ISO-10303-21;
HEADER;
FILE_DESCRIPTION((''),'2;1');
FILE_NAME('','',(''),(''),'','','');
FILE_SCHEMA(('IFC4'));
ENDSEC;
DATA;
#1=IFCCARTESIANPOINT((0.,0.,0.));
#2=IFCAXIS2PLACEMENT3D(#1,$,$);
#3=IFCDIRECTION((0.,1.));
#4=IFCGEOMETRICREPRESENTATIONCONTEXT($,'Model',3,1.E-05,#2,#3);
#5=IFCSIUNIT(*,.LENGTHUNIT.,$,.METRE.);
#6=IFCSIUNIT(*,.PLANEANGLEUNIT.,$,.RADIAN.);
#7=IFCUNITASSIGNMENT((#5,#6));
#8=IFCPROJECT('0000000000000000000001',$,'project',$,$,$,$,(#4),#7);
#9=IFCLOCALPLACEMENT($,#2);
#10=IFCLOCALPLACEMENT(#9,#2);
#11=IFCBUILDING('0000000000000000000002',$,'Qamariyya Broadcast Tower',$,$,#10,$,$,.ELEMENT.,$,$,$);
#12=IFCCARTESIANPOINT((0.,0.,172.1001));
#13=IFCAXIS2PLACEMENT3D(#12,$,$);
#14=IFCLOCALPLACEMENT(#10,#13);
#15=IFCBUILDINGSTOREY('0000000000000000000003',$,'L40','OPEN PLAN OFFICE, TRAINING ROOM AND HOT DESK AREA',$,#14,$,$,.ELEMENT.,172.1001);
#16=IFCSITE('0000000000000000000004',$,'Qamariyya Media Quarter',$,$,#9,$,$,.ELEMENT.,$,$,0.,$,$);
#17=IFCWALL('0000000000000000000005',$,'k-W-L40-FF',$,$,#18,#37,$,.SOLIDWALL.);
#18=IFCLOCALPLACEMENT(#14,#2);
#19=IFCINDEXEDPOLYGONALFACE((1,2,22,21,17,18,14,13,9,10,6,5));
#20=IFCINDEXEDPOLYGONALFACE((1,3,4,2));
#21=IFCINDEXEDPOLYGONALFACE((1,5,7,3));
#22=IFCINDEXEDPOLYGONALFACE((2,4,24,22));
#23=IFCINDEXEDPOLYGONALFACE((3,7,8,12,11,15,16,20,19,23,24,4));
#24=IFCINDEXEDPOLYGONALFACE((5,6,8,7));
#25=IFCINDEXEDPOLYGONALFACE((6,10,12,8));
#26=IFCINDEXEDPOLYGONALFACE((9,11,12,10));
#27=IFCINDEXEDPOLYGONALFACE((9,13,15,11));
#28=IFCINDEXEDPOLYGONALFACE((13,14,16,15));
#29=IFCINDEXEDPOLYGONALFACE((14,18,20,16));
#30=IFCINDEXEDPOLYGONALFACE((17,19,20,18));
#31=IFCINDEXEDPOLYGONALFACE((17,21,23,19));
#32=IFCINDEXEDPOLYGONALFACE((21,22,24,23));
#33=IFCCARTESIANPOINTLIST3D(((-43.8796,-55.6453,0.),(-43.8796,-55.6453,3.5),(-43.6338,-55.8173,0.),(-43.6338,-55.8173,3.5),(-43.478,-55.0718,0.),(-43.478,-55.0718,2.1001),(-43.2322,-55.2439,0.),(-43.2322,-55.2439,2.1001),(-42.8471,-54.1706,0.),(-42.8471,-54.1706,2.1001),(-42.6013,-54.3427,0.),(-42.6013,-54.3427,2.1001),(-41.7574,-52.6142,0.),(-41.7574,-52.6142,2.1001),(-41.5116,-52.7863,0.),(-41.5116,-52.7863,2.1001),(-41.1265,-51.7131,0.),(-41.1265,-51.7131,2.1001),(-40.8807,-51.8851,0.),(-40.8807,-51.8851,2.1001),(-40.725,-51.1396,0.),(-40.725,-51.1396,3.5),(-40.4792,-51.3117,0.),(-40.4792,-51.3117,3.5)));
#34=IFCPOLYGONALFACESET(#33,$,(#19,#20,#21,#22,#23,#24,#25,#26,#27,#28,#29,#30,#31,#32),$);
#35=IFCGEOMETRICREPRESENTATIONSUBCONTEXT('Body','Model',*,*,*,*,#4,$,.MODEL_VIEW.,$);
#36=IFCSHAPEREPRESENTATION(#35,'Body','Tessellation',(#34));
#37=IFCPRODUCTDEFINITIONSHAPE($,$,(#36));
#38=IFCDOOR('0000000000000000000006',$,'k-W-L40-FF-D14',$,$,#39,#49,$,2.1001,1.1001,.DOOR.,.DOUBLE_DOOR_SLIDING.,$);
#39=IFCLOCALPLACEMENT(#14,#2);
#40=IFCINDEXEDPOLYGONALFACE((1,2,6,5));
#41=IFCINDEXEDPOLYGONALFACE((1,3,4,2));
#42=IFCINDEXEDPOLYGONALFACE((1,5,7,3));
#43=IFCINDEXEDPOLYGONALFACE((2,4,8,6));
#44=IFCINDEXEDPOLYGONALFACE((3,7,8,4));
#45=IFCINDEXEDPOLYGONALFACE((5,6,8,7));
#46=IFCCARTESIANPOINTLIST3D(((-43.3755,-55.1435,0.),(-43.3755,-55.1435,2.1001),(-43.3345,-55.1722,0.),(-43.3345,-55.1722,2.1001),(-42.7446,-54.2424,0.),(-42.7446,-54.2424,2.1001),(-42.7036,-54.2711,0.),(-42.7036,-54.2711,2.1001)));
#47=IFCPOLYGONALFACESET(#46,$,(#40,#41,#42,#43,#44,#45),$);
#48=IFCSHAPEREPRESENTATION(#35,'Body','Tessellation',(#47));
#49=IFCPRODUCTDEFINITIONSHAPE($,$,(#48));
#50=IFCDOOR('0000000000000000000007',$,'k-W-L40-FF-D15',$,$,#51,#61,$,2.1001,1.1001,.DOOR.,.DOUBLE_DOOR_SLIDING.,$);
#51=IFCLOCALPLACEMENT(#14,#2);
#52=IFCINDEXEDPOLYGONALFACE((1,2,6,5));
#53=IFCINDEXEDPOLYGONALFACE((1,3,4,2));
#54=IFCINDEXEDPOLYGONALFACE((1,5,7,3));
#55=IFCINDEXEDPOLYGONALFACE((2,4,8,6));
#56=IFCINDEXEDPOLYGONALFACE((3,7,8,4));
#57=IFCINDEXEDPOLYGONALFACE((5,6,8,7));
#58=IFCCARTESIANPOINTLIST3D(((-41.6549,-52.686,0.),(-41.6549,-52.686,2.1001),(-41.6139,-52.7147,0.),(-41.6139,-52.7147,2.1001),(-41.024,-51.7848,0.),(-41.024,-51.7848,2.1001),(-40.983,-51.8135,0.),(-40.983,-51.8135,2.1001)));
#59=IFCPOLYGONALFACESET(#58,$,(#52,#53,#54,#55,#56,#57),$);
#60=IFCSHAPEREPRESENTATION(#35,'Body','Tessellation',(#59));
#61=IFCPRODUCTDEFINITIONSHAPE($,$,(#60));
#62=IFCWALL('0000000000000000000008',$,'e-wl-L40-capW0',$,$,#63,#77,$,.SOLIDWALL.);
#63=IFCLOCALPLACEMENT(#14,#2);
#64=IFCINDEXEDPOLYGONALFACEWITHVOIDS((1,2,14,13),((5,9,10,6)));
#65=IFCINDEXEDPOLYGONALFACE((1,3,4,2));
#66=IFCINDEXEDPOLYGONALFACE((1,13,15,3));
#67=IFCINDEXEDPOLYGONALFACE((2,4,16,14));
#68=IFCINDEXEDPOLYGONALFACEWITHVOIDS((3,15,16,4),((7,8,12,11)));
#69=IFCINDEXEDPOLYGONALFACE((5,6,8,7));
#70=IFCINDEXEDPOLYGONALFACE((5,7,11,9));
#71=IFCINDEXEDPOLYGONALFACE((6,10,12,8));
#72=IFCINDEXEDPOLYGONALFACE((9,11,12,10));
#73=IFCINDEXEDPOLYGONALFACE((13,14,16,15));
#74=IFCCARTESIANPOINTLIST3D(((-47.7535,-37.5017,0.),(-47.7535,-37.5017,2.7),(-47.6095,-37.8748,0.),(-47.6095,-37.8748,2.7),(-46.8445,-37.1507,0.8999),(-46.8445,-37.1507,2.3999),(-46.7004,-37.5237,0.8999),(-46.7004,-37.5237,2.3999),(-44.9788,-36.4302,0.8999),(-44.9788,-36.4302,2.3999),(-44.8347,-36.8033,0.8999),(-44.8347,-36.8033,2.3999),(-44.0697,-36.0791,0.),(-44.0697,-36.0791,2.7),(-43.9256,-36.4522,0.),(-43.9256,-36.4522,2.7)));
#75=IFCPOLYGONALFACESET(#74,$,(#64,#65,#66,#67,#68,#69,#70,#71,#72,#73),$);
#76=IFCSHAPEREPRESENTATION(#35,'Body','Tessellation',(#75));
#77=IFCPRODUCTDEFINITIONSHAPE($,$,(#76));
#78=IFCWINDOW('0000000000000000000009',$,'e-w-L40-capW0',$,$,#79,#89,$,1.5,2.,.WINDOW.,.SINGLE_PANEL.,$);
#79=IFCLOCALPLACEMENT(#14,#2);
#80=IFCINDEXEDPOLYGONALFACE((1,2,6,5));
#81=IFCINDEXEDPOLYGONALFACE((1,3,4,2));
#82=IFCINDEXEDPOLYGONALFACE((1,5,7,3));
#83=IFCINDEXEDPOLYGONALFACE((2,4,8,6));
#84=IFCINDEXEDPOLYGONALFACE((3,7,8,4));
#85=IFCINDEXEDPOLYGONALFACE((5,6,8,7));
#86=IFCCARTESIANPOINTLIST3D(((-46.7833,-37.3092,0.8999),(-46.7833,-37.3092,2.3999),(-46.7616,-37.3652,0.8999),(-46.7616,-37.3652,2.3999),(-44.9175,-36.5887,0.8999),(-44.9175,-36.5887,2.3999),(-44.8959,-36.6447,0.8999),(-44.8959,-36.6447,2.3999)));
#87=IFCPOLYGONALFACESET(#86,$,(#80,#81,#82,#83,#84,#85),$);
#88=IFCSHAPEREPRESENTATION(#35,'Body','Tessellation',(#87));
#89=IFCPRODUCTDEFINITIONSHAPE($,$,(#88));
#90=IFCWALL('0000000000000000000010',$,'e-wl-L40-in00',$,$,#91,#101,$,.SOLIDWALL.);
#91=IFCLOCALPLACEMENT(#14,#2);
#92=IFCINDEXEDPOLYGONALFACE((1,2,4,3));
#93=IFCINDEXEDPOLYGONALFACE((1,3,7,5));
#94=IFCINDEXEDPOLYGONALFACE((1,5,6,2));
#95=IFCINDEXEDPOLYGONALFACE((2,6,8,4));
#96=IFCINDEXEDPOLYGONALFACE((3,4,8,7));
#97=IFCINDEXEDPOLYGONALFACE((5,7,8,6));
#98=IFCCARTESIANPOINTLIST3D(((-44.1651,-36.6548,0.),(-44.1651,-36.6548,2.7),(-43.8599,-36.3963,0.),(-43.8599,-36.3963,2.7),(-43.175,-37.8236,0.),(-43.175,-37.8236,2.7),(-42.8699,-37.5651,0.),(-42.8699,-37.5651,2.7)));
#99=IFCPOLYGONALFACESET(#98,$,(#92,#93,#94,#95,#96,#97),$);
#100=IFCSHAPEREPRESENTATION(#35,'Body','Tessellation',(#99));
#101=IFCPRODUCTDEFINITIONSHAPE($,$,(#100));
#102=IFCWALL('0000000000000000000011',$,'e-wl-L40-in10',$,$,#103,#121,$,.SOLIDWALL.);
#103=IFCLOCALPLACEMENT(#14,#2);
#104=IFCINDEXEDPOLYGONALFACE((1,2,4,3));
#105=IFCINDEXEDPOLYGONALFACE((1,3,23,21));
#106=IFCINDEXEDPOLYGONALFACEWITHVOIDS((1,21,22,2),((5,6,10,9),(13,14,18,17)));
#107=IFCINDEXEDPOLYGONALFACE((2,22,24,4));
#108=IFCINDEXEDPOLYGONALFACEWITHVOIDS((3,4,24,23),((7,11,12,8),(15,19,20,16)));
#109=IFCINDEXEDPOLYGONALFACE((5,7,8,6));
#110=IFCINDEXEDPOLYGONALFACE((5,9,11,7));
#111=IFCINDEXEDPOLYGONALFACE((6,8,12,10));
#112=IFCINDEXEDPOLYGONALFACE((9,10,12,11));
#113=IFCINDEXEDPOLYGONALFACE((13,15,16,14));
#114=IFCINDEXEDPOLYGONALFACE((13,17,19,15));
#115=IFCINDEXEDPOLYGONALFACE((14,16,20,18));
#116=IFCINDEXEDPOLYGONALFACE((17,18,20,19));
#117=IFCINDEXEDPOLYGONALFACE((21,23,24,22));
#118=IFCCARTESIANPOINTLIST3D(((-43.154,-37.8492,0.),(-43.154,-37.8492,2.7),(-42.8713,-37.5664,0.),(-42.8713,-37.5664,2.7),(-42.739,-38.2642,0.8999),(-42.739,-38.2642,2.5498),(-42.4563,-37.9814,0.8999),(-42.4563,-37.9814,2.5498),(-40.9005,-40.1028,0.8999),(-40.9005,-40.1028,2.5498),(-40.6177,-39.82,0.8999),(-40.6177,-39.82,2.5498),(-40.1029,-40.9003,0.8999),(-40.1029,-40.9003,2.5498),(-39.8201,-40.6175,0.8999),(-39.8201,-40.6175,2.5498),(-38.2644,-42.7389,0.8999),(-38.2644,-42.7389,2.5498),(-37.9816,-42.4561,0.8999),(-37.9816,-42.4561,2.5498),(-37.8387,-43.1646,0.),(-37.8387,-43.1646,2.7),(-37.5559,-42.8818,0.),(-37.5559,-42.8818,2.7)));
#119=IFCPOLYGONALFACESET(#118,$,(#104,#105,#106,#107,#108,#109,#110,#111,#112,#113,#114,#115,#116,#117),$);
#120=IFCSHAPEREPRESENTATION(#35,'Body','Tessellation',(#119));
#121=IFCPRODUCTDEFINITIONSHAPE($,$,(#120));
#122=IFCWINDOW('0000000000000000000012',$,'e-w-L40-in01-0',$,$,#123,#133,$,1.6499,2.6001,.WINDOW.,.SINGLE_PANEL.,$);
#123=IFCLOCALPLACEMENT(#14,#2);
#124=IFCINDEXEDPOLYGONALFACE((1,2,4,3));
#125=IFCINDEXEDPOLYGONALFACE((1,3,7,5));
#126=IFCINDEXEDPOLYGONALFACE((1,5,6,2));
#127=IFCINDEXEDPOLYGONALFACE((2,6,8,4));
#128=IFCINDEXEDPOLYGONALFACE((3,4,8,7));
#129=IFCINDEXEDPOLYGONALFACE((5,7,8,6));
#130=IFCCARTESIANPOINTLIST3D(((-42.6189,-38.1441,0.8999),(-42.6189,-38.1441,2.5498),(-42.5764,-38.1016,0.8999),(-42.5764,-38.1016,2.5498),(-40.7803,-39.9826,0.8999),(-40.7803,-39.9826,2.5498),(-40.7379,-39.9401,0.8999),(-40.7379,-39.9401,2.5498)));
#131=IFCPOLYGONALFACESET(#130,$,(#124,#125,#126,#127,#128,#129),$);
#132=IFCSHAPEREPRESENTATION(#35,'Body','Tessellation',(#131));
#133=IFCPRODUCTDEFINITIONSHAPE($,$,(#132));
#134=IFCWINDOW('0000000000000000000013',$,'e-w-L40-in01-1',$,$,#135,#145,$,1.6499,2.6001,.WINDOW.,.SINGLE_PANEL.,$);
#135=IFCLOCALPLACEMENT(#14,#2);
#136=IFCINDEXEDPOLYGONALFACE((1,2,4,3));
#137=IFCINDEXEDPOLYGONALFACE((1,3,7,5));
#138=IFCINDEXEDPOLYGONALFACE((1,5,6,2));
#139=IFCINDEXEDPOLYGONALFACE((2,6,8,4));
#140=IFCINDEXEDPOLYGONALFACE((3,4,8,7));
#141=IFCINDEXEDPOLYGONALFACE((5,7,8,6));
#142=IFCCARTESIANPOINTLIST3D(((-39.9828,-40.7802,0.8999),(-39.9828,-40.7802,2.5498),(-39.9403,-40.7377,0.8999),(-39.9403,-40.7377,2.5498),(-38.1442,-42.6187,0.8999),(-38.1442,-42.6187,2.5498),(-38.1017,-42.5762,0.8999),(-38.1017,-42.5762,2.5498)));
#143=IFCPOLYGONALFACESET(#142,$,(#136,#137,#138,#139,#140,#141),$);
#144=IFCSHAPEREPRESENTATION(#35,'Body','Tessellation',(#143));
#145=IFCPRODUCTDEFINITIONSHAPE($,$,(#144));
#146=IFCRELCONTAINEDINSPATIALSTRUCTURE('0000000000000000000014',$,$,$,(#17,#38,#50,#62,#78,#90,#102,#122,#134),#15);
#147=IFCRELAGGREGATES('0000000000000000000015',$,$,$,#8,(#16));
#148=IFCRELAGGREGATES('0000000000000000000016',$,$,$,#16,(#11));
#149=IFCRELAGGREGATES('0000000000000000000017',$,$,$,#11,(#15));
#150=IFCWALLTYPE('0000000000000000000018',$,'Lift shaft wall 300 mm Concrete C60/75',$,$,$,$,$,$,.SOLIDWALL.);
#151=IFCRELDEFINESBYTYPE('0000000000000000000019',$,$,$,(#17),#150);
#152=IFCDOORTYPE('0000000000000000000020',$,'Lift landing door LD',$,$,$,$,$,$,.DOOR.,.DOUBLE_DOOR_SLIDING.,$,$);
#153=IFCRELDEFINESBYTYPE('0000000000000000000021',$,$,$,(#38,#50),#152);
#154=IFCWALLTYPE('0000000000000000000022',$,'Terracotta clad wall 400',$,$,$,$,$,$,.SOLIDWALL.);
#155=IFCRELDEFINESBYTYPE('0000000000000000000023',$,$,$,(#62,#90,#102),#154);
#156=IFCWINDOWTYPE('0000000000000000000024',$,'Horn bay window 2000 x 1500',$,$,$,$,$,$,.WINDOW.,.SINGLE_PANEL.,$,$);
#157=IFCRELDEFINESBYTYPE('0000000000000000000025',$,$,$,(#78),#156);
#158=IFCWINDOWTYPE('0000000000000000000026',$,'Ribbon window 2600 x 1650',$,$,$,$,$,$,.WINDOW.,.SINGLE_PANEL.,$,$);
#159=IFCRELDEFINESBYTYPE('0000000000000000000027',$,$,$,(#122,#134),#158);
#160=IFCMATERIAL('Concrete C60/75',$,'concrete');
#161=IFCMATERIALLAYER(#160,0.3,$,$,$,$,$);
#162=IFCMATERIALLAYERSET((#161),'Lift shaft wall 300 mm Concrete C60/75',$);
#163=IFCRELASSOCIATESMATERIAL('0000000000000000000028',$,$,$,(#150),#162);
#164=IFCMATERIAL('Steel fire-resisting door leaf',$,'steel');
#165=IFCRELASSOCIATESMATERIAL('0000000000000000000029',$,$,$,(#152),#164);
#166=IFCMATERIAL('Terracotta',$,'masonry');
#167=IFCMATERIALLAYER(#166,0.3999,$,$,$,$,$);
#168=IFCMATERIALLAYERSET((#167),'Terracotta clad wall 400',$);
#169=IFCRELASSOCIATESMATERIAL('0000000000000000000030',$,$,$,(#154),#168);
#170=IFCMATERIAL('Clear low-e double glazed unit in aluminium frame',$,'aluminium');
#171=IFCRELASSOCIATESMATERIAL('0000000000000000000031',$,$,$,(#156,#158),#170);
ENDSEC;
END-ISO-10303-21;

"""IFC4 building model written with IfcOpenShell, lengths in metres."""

from ifc_helpers import new_model, si_unit, direction, frame, frame_2d, origin, place, context, subcontext, project, spatial, rectangle, extrude, material, layer, layer_set, type_object, element, fill, save


model = new_model("IFC4")

# Units and contexts
model_context = context("Model", 3, precision=1e-05, world=origin(), true_north=direction((0.0, 1.0)))
body_context = subcontext(model_context, "Body", "Model", "MODEL_VIEW")
ifc_project = project(units=[si_unit("LENGTHUNIT", "METRE"), si_unit("PLANEANGLEUNIT", "RADIAN")], contexts=[model_context])

# Site, building, storey
site_placement = place(None, origin())
site = spatial("IfcSite", under=ifc_project, at=site_placement, Name="Qamariyya Media Quarter", CompositionType="ELEMENT", RefElevation=0.0)
building_placement = place(site_placement, origin())
building = spatial("IfcBuilding", under=site, at=building_placement, Name="Qamariyya Broadcast Tower", CompositionType="ELEMENT")
storey_placement = place(building_placement, frame((0.0, 0.0, 172.1001)))
storey = spatial("IfcBuildingStorey", under=building, at=storey_placement, Name="L40", Description="OPEN PLAN OFFICE, TRAINING ROOM AND HOT DESK AREA", CompositionType="ELEMENT", Elevation=172.1001)

# Shared definitions
ifc_material_1 = material(Name="Concrete C60/75", Category="concrete")

# Shared definitions
ifc_layer_1 = layer(ifc_material_1, 0.3)
ifc_layer_set_1 = layer_set([ifc_layer_1], Name="Lift shaft wall 300 mm Concrete C60/75")
wall_type_1 = type_object("IfcWallType", Name="Lift shaft wall 300 mm Concrete C60/75", PredefinedType="SOLIDWALL", material=ifc_layer_set_1)
ifc_material_2 = material(Name="Steel fire-resisting door leaf", Category="steel")

# Wall, openings, doors
wall_1_placement = place(storey_placement, frame((-43.7566, -55.7312, 0.0), z_axis=(0.0, 0.0, 1.0), x_axis=(0.573537, 0.81918, 0.0)))
wall_1 = element("IfcWall", 1, at=wall_1_placement, inside=storey, type_object=wall_type_1, Name="k-W-L40-FF", PredefinedType="SOLIDWALL", context=body_context, shape_type="SweptSolid", body=[
    extrude(rectangle(XDim=5.5002, YDim=0.3, at=frame_2d((2.75, 0.0))), origin(), (0.0, 0.0, 1.0), 3.5),
])
opening_1_placement = place(wall_1_placement, frame((0.7, 0.0, 0.0)))
opening_1 = element("IfcOpeningElement", 2, at=opening_1_placement, cuts=wall_1, PredefinedType="OPENING", context=body_context, shape_type="SweptSolid", body=[
    extrude(rectangle(XDim=1.1001, YDim=2.1001, at=frame_2d((0.55, 1.05))), frame((0.0, 0.1599, 0.0), z_axis=(0.0, -1.0, 0.0), x_axis=(1.0, 0.0, 0.0)), (0.0, 0.0, 1.0), 0.3201),
])
opening_2_placement = place(wall_1_placement, frame((3.7, 0.0, 0.0)))
opening_2 = element("IfcOpeningElement", 3, at=opening_2_placement, cuts=wall_1, PredefinedType="OPENING", context=body_context, shape_type="SweptSolid", body=[
    extrude(rectangle(XDim=1.1001, YDim=2.1001, at=frame_2d((0.55, 1.05))), frame((0.0, 0.1599, 0.0), z_axis=(0.0, -1.0, 0.0), x_axis=(1.0, 0.0, 0.0)), (0.0, 0.0, 1.0), 0.3201),
])
door_type_1 = type_object("IfcDoorType", Name="Lift landing door LD", OperationType="DOUBLE_DOOR_SLIDING", PredefinedType="DOOR", material=ifc_material_2)
door_1_placement = place(opening_1_placement, origin())
door_1 = element("IfcDoor", 4, at=door_1_placement, inside=storey, type_object=door_type_1, Name="k-W-L40-FF-D14", OperationType="DOUBLE_DOOR_SLIDING", OverallHeight=2.1001, OverallWidth=1.1001, PredefinedType="DOOR", context=body_context, shape_type="SweptSolid", body=[
    extrude(rectangle(XDim=1.1001, YDim=2.1001, at=frame_2d((0.55, 1.05))), frame((0.0, 0.0249, 0.0), z_axis=(0.0, -1.0, 0.0), x_axis=(1.0, 0.0, 0.0)), (0.0, 0.0, 1.0), 0.05),
])
fill(opening_1, door_1)
door_2_placement = place(opening_2_placement, origin())
door_2 = element("IfcDoor", 5, at=door_2_placement, inside=storey, type_object=door_type_1, Name="k-W-L40-FF-D15", OperationType="DOUBLE_DOOR_SLIDING", OverallHeight=2.1001, OverallWidth=1.1001, PredefinedType="DOOR", context=body_context, shape_type="SweptSolid", body=[
    extrude(rectangle(XDim=1.1001, YDim=2.1001, at=frame_2d((0.55, 1.05))), frame((0.0, 0.0249, 0.0), z_axis=(0.0, -1.0, 0.0), x_axis=(1.0, 0.0, 0.0)), (0.0, 0.0, 1.0), 0.05),
])
fill(opening_2, door_2)

# Wall, opening, window
ifc_material_3 = material(Name="Terracotta", Category="masonry")
ifc_layer_2 = layer(ifc_material_3, 0.3999)
ifc_layer_set_2 = layer_set([ifc_layer_2], Name="Terracotta clad wall 400")
wall_type_2 = type_object("IfcWallType", Name="Terracotta clad wall 400", PredefinedType="SOLIDWALL", material=ifc_layer_set_2)
wall_2_placement = place(storey_placement, frame((-43.9976, -36.2656, 0.0), z_axis=(0.0, 0.0, 1.0), x_axis=(-0.932857, -0.360246, 0.0)))
wall_2 = element("IfcWall", 6, at=wall_2_placement, inside=storey, type_object=wall_type_2, Name="e-wl-L40-capW0", PredefinedType="SOLIDWALL", context=body_context, shape_type="SweptSolid", body=[
    extrude(rectangle(XDim=3.949, YDim=0.3999, at=frame_2d((1.9746, 0.0))), origin(), (0.0, 0.0, 1.0), 2.7),
])
opening_3_placement = place(wall_2_placement, frame((0.9746, 0.0, 0.8999)))
opening_3 = element("IfcOpeningElement", 7, at=opening_3_placement, cuts=wall_2, PredefinedType="OPENING", context=body_context, shape_type="SweptSolid", body=[
    extrude(rectangle(XDim=2.0, YDim=1.5, at=frame_2d((1.0, 0.75))), frame((0.0, 0.21, 0.0), z_axis=(0.0, -1.0, 0.0), x_axis=(1.0, 0.0, 0.0)), (0.0, 0.0, 1.0), 0.4199),
])
ifc_material_4 = material(Name="Clear low-e double glazed unit in aluminium frame", Category="aluminium")
window_type_1 = type_object("IfcWindowType", Name="Horn bay window 2000 x 1500", PartitioningType="SINGLE_PANEL", PredefinedType="WINDOW", material=ifc_material_4)
window_1_placement = place(opening_3_placement, origin())
window_1 = element("IfcWindow", 8, at=window_1_placement, inside=storey, type_object=window_type_1, Name="e-w-L40-capW0", OverallHeight=1.5, OverallWidth=2.0, PartitioningType="SINGLE_PANEL", PredefinedType="WINDOW", context=body_context, shape_type="SweptSolid", body=[
    extrude(rectangle(XDim=2.0, YDim=1.5, at=frame_2d((1.0, 0.75))), frame((0.0, 0.03, 0.0), z_axis=(0.0, -1.0, 0.0), x_axis=(1.0, 0.0, 0.0)), (0.0, 0.0, 1.0), 0.0601),
])
fill(opening_3, window_1)

# Wall
wall_3_placement = place(storey_placement, frame((-43.0225, -37.6943, 0.0), z_axis=(0.0, 0.0, 1.0), x_axis=(-0.646357, 0.763035, 0.0)))
element("IfcWall", 9, at=wall_3_placement, inside=storey, type_object=wall_type_2, Name="e-wl-L40-in00", PredefinedType="SOLIDWALL", context=body_context, shape_type="SweptSolid", body=[
    extrude(rectangle(XDim=1.5317, YDim=0.3999, at=frame_2d((0.7659, 0.0))), origin(), (0.0, 0.0, 1.0), 2.7),
])

# Wall, openings, windows
wall_4_placement = place(storey_placement, frame((-37.6973, -43.0232, 0.0), z_axis=(0.0, 0.0, 1.0), x_axis=(-0.707107, 0.707107, 0.0)))
wall_4 = element("IfcWall", 10, at=wall_4_placement, inside=storey, type_object=wall_type_2, Name="e-wl-L40-in10", PredefinedType="SOLIDWALL", context=body_context, shape_type="SweptSolid", body=[
    extrude(rectangle(XDim=7.5171, YDim=0.3999, at=frame_2d((3.7585, 0.0))), origin(), (0.0, 0.0, 1.0), 2.7),
])
opening_4_placement = place(wall_4_placement, frame((4.3301, 0.0, 0.8999)))
opening_4 = element("IfcOpeningElement", 11, at=opening_4_placement, cuts=wall_4, PredefinedType="OPENING", context=body_context, shape_type="SweptSolid", body=[
    extrude(rectangle(XDim=2.6001, YDim=1.6499, at=frame_2d((1.3, 0.825))), frame((0.0, 0.21, 0.0), z_axis=(0.0, -1.0, 0.0), x_axis=(1.0, 0.0, 0.0)), (0.0, 0.0, 1.0), 0.4199),
])
opening_5_placement = place(wall_4_placement, frame((0.6021, 0.0, 0.8999)))
opening_5 = element("IfcOpeningElement", 12, at=opening_5_placement, cuts=wall_4, PredefinedType="OPENING", context=body_context, shape_type="SweptSolid", body=[
    extrude(rectangle(XDim=2.6001, YDim=1.6499, at=frame_2d((1.3, 0.825))), frame((0.0, 0.21, 0.0), z_axis=(0.0, -1.0, 0.0), x_axis=(1.0, 0.0, 0.0)), (0.0, 0.0, 1.0), 0.4199),
])
window_type_2 = type_object("IfcWindowType", Name="Ribbon window 2600 x 1650", PartitioningType="SINGLE_PANEL", PredefinedType="WINDOW", material=ifc_material_4)
window_2_placement = place(opening_4_placement, origin())
window_2 = element("IfcWindow", 13, at=window_2_placement, inside=storey, type_object=window_type_2, Name="e-w-L40-in01-0", OverallHeight=1.6499, OverallWidth=2.6001, PartitioningType="SINGLE_PANEL", PredefinedType="WINDOW", context=body_context, shape_type="SweptSolid", body=[
    extrude(rectangle(XDim=2.6001, YDim=1.6499, at=frame_2d((1.3, 0.825))), frame((0.0, 0.03, 0.0), z_axis=(0.0, -1.0, 0.0), x_axis=(1.0, 0.0, 0.0)), (0.0, 0.0, 1.0), 0.0601),
])
fill(opening_4, window_2)
window_3_placement = place(opening_5_placement, origin())
window_3 = element("IfcWindow", 14, at=window_3_placement, inside=storey, type_object=window_type_2, Name="e-w-L40-in01-1", OverallHeight=1.6499, OverallWidth=2.6001, PartitioningType="SINGLE_PANEL", PredefinedType="WINDOW", context=body_context, shape_type="SweptSolid", body=[
    extrude(rectangle(XDim=2.6001, YDim=1.6499, at=frame_2d((1.3, 0.825))), frame((0.0, 0.03, 0.0), z_axis=(0.0, -1.0, 0.0), x_axis=(1.0, 0.0, 0.0)), (0.0, 0.0, 1.0), 0.0601),
])
fill(opening_5, window_3)

save(model, "model.ifc")
